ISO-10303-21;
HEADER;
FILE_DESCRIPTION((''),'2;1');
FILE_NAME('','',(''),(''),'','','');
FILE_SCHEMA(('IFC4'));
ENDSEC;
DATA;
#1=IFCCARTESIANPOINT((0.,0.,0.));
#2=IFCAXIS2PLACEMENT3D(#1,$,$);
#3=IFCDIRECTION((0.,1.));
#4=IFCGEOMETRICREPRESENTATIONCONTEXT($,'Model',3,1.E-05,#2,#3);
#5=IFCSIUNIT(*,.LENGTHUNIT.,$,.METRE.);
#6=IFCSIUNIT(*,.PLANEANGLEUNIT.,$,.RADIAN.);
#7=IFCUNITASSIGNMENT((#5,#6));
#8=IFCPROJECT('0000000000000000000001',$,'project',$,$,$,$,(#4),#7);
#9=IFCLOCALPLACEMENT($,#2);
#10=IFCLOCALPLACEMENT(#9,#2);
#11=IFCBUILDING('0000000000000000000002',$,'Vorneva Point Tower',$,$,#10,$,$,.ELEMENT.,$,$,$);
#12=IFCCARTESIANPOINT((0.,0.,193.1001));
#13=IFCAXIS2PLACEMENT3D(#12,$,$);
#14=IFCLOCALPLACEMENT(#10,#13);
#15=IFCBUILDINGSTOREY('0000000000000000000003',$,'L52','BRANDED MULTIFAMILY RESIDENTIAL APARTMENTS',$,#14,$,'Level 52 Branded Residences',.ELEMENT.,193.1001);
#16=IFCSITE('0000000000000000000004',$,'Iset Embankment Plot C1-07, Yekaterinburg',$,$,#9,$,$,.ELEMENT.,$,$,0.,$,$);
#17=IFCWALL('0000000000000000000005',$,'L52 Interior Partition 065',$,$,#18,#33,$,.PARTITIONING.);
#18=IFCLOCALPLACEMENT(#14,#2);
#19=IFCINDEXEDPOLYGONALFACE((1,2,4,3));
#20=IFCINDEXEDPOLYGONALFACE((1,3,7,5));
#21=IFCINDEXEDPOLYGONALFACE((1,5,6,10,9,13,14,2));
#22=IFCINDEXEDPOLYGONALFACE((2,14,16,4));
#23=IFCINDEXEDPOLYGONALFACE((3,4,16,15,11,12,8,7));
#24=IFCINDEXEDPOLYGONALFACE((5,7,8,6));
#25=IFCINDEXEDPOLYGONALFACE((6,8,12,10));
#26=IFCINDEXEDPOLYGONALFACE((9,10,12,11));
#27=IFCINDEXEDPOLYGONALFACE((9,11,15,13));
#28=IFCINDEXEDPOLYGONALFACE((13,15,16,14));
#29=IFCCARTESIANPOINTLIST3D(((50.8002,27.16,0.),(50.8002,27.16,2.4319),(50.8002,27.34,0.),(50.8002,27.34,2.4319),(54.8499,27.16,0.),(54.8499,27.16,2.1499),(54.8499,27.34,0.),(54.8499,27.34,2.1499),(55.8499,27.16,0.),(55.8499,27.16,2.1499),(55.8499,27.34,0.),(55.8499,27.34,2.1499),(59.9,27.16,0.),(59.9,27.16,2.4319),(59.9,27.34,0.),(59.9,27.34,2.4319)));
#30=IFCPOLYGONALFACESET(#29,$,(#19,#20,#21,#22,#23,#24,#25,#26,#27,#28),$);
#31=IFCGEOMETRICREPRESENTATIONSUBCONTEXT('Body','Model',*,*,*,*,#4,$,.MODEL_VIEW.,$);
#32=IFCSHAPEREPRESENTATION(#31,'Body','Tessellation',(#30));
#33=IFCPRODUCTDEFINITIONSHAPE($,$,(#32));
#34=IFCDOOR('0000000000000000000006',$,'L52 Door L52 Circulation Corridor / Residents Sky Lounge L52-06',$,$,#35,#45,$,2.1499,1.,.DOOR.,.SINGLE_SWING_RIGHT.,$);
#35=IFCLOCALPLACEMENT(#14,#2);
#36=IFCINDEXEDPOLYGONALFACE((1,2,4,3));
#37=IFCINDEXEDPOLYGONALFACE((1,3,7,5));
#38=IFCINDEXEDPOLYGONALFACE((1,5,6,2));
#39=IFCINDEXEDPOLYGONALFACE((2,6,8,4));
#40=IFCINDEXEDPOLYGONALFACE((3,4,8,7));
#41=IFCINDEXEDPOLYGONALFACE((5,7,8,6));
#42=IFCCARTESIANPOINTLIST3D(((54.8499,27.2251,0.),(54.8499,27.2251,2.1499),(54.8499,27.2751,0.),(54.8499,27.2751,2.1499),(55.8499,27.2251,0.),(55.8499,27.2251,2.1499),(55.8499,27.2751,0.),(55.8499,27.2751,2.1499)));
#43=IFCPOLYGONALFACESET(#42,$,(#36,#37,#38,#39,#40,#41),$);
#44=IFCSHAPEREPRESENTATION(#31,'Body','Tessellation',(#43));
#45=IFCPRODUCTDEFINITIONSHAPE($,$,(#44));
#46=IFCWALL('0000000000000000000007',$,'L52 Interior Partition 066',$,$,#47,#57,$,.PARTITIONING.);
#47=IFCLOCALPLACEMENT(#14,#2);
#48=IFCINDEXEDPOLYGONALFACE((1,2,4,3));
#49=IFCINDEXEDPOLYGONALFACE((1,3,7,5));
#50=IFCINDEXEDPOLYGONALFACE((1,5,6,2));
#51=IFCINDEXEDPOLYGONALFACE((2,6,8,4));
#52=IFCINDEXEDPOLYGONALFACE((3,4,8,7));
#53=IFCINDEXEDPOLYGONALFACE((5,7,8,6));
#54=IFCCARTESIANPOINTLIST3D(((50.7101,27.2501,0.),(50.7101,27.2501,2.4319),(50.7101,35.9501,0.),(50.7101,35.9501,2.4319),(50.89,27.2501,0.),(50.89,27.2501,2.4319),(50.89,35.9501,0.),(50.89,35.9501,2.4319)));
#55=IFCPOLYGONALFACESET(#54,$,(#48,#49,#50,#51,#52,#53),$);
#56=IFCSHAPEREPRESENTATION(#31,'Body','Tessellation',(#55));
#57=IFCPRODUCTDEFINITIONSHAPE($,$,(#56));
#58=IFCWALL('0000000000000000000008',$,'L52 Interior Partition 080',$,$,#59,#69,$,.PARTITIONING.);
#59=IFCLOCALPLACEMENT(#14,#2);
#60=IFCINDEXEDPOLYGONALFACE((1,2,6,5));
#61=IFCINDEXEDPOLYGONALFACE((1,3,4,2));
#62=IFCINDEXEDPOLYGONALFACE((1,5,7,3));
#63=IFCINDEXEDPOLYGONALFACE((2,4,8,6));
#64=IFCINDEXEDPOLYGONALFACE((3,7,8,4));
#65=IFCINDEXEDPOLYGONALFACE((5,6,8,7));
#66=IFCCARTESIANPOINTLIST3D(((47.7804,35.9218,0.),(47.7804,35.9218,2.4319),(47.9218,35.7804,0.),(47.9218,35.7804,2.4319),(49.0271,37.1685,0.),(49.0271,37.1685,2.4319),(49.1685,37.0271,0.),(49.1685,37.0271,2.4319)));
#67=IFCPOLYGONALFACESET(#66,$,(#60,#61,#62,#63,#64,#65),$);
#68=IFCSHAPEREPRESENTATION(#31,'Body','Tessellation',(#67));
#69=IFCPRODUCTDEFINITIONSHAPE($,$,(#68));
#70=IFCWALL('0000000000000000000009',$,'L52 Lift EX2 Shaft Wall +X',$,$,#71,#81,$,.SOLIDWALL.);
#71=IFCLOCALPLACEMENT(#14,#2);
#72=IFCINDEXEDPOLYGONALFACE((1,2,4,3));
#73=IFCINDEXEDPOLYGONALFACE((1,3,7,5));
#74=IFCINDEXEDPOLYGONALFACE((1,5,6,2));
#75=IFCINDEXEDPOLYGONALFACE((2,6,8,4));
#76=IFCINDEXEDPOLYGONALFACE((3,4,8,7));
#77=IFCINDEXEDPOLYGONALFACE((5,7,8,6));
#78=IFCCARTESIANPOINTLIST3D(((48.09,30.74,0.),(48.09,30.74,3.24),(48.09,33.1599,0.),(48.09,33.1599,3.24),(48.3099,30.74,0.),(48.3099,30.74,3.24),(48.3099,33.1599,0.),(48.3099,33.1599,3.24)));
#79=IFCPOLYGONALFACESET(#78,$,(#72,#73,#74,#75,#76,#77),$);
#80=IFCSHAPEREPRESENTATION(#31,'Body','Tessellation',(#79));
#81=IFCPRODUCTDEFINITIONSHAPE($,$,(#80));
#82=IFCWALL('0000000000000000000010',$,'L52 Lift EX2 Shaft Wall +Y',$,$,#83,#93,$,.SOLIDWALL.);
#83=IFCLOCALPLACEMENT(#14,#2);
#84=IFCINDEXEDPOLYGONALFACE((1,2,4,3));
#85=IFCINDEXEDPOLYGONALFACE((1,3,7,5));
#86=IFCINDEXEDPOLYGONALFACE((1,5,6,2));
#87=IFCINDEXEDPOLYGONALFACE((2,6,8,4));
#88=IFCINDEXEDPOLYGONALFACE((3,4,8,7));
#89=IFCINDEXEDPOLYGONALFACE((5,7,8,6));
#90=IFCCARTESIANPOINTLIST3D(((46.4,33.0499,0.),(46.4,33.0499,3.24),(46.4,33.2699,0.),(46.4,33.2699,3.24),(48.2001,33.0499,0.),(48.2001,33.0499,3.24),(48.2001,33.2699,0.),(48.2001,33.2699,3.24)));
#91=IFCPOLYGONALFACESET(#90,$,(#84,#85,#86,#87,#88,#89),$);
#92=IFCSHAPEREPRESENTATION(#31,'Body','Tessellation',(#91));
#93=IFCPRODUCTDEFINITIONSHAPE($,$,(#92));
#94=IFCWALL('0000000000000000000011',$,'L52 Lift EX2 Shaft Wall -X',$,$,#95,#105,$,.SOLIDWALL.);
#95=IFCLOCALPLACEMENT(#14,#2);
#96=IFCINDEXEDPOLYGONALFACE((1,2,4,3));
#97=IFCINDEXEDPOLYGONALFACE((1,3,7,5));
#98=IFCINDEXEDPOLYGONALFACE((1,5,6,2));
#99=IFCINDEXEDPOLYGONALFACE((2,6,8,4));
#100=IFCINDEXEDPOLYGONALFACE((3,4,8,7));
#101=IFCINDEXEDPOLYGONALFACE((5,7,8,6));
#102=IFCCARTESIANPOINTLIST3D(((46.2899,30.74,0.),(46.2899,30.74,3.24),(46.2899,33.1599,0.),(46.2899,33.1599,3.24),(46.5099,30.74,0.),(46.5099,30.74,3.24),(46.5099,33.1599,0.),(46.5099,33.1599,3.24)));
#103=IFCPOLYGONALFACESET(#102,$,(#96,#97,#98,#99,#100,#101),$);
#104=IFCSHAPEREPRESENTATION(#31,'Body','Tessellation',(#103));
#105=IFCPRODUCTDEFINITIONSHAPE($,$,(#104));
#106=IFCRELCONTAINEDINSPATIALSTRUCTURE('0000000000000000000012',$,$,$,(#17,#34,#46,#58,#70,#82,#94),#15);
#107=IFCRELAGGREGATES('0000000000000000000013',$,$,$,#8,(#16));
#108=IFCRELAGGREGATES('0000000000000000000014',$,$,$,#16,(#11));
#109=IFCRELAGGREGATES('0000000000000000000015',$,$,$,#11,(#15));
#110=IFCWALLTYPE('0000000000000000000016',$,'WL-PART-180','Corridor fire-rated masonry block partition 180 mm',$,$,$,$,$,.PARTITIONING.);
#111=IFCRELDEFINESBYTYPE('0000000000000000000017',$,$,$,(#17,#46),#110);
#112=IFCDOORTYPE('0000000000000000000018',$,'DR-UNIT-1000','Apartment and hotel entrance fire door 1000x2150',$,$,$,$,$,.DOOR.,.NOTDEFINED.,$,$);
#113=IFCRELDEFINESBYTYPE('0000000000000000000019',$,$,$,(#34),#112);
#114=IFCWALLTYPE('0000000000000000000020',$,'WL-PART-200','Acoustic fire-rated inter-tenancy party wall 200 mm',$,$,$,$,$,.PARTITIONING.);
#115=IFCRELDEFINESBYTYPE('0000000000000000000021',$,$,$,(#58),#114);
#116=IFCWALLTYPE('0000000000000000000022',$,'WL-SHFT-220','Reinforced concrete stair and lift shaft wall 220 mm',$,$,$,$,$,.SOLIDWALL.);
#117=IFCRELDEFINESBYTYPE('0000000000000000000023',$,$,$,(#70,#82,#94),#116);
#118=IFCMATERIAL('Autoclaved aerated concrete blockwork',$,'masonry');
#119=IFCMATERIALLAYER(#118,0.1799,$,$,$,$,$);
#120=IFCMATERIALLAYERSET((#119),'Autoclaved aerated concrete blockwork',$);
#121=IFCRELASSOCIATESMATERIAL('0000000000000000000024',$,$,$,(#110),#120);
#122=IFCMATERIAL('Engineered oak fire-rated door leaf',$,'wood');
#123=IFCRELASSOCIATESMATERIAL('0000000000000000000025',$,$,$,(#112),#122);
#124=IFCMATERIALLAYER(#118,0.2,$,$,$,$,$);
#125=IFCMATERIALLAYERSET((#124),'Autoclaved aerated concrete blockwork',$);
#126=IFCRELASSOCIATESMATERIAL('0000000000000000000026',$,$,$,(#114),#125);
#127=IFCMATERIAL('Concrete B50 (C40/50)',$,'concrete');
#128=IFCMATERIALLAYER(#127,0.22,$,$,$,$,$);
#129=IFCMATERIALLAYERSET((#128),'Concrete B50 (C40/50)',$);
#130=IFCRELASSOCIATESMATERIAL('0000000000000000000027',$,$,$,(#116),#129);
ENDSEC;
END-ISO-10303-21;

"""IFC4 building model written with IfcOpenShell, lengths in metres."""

from ifc_helpers import new_model, si_unit, direction, frame, frame_2d, origin, place, context, subcontext, project, spatial, rectangle, extrude, material, layer, layer_set, type_object, element, fill, save


model = new_model("IFC4")

# Units and contexts
model_context = context("Model", 3, precision=1e-05, world=origin(), true_north=direction((0.0, 1.0)))
body_context = subcontext(model_context, "Body", "Model", "MODEL_VIEW")
ifc_project = project(units=[si_unit("LENGTHUNIT", "METRE"), si_unit("PLANEANGLEUNIT", "RADIAN")], contexts=[model_context])

# Site, building, storey
site_placement = place(None, origin())
site = spatial("IfcSite", under=ifc_project, at=site_placement, Name="Iset Embankment Plot C1-07, Yekaterinburg", CompositionType="ELEMENT", RefElevation=0.0)
building_placement = place(site_placement, origin())
building = spatial("IfcBuilding", under=site, at=building_placement, Name="Vorneva Point Tower", CompositionType="ELEMENT")
storey_placement = place(building_placement, frame((0.0, 0.0, 193.1001)))
storey = spatial("IfcBuildingStorey", under=building, at=storey_placement, Name="L52", Description="BRANDED MULTIFAMILY RESIDENTIAL APARTMENTS", LongName="Level 52 Branded Residences", CompositionType="ELEMENT", Elevation=193.1001)

# Shared definitions
ifc_material_1 = material(Name="Concrete B50 (C40/50)", Category="concrete")

# Wall, opening, door
ifc_material_2 = material(Name="Autoclaved aerated concrete blockwork", Category="masonry")
ifc_layer_1 = layer(ifc_material_2, 0.1799)
ifc_layer_set_1 = layer_set([ifc_layer_1], Name="Autoclaved aerated concrete blockwork")
wall_type_1 = type_object("IfcWallType", Name="WL-PART-180", Description="Corridor fire-rated masonry block partition 180 mm", PredefinedType="PARTITIONING", material=ifc_layer_set_1)
wall_1_placement = place(storey_placement, frame((59.8999, 27.25, 0.0), z_axis=(0.0, 0.0, 1.0), x_axis=(-1.0, 0.0, 0.0)))
wall_1 = element("IfcWall", 1, at=wall_1_placement, inside=storey, type_object=wall_type_1, Name="L52 Interior Partition 065", PredefinedType="PARTITIONING", context=body_context, shape_type="SweptSolid", body=[
    extrude(rectangle(XDim=9.0999, YDim=0.1799, at=frame_2d((4.5498, 0.0))), origin(), (0.0, 0.0, 1.0), 2.4319),
])
opening_placement = place(wall_1_placement, frame((4.05, 0.0, 0.0)))
opening = element("IfcOpeningElement", 2, at=opening_placement, cuts=wall_1, PredefinedType="OPENING", context=body_context, shape_type="SweptSolid", body=[
    extrude(rectangle(XDim=1.0, YDim=2.1499, at=frame_2d((0.5, 1.075))), frame((0.0, 0.105, 0.0), z_axis=(0.0, -1.0, 0.0), x_axis=(1.0, 0.0, 0.0)), (0.0, 0.0, 1.0), 0.2097),
])
ifc_material_3 = material(Name="Engineered oak fire-rated door leaf", Category="wood")
door_type = type_object("IfcDoorType", Name="DR-UNIT-1000", Description="Apartment and hotel entrance fire door 1000x2150", OperationType="NOTDEFINED", PredefinedType="DOOR", material=ifc_material_3)
door_placement = place(opening_placement, origin())
door = element("IfcDoor", 3, at=door_placement, inside=storey, type_object=door_type, Name="L52 Door L52 Circulation Corridor / Residents Sky Lounge L52-06", OperationType="SINGLE_SWING_RIGHT", OverallHeight=2.1499, OverallWidth=1.0, PredefinedType="DOOR", context=body_context, shape_type="SweptSolid", body=[
    extrude(rectangle(XDim=1.0, YDim=2.1499, at=frame_2d((0.5, 1.075))), frame((0.0, 0.0249, 0.0), z_axis=(0.0, -1.0, 0.0), x_axis=(1.0, 0.0, 0.0)), (0.0, 0.0, 1.0), 0.05),
])
fill(opening, door)

# Walls
wall_2_placement = place(storey_placement, frame((50.8, 27.25, 0.0), z_axis=(0.0, 0.0, 1.0), x_axis=(0.0, 1.0, 0.0)))
element("IfcWall", 4, at=wall_2_placement, inside=storey, type_object=wall_type_1, Name="L52 Interior Partition 066", PredefinedType="PARTITIONING", context=body_context, shape_type="SweptSolid", body=[
    extrude(rectangle(XDim=8.7, YDim=0.1799, at=frame_2d((4.3501, 0.0))), origin(), (0.0, 0.0, 1.0), 2.4319),
])
ifc_layer_2 = layer(ifc_material_2, 0.2)
ifc_layer_set_2 = layer_set([ifc_layer_2], Name="Autoclaved aerated concrete blockwork")
wall_type_2 = type_object("IfcWallType", Name="WL-PART-200", Description="Acoustic fire-rated inter-tenancy party wall 200 mm", PredefinedType="PARTITIONING", material=ifc_layer_set_2)
wall_3_placement = place(storey_placement, frame((47.8511, 35.8511, 0.0), z_axis=(0.0, 0.0, 1.0), x_axis=(0.707107, 0.707107, 0.0)))
element("IfcWall", 5, at=wall_3_placement, inside=storey, type_object=wall_type_2, Name="L52 Interior Partition 080", PredefinedType="PARTITIONING", context=body_context, shape_type="SweptSolid", body=[
    extrude(rectangle(XDim=1.7632, YDim=0.2, at=frame_2d((0.8816, 0.0))), origin(), (0.0, 0.0, 1.0), 2.4319),
])
ifc_layer_3 = layer(ifc_material_1, 0.22)
ifc_layer_set_3 = layer_set([ifc_layer_3], Name="Concrete B50 (C40/50)")
wall_type_3 = type_object("IfcWallType", Name="WL-SHFT-220", Description="Reinforced concrete stair and lift shaft wall 220 mm", PredefinedType="SOLIDWALL", material=ifc_layer_set_3)
wall_4_placement = place(storey_placement, frame((48.2, 30.74, 0.0), z_axis=(0.0, 0.0, 1.0), x_axis=(0.0, 1.0, 0.0)))
element("IfcWall", 6, at=wall_4_placement, inside=storey, type_object=wall_type_3, Name="L52 Lift EX2 Shaft Wall +X", PredefinedType="SOLIDWALL", context=body_context, shape_type="SweptSolid", body=[
    extrude(rectangle(XDim=2.4199, YDim=0.22, at=frame_2d((1.21, 0.0))), origin(), (0.0, 0.0, 1.0), 3.24),
])
wall_5_placement = place(storey_placement, frame((48.2, 33.1599, 0.0), z_axis=(0.0, 0.0, 1.0), x_axis=(-1.0, 0.0, 0.0)))
element("IfcWall", 7, at=wall_5_placement, inside=storey, type_object=wall_type_3, Name="L52 Lift EX2 Shaft Wall +Y", PredefinedType="SOLIDWALL", context=body_context, shape_type="SweptSolid", body=[
    extrude(rectangle(XDim=1.8, YDim=0.22, at=frame_2d((0.8999, 0.0))), origin(), (0.0, 0.0, 1.0), 3.24),
])
wall_6_placement = place(storey_placement, frame((46.3999, 33.1599, 0.0), z_axis=(0.0, 0.0, 1.0), x_axis=(0.0, -1.0, 0.0)))
element("IfcWall", 8, at=wall_6_placement, inside=storey, type_object=wall_type_3, Name="L52 Lift EX2 Shaft Wall -X", PredefinedType="SOLIDWALL", context=body_context, shape_type="SweptSolid", body=[
    extrude(rectangle(XDim=2.4199, YDim=0.22, at=frame_2d((1.21, 0.0))), origin(), (0.0, 0.0, 1.0), 3.24),
])

save(model, "model.ifc")
